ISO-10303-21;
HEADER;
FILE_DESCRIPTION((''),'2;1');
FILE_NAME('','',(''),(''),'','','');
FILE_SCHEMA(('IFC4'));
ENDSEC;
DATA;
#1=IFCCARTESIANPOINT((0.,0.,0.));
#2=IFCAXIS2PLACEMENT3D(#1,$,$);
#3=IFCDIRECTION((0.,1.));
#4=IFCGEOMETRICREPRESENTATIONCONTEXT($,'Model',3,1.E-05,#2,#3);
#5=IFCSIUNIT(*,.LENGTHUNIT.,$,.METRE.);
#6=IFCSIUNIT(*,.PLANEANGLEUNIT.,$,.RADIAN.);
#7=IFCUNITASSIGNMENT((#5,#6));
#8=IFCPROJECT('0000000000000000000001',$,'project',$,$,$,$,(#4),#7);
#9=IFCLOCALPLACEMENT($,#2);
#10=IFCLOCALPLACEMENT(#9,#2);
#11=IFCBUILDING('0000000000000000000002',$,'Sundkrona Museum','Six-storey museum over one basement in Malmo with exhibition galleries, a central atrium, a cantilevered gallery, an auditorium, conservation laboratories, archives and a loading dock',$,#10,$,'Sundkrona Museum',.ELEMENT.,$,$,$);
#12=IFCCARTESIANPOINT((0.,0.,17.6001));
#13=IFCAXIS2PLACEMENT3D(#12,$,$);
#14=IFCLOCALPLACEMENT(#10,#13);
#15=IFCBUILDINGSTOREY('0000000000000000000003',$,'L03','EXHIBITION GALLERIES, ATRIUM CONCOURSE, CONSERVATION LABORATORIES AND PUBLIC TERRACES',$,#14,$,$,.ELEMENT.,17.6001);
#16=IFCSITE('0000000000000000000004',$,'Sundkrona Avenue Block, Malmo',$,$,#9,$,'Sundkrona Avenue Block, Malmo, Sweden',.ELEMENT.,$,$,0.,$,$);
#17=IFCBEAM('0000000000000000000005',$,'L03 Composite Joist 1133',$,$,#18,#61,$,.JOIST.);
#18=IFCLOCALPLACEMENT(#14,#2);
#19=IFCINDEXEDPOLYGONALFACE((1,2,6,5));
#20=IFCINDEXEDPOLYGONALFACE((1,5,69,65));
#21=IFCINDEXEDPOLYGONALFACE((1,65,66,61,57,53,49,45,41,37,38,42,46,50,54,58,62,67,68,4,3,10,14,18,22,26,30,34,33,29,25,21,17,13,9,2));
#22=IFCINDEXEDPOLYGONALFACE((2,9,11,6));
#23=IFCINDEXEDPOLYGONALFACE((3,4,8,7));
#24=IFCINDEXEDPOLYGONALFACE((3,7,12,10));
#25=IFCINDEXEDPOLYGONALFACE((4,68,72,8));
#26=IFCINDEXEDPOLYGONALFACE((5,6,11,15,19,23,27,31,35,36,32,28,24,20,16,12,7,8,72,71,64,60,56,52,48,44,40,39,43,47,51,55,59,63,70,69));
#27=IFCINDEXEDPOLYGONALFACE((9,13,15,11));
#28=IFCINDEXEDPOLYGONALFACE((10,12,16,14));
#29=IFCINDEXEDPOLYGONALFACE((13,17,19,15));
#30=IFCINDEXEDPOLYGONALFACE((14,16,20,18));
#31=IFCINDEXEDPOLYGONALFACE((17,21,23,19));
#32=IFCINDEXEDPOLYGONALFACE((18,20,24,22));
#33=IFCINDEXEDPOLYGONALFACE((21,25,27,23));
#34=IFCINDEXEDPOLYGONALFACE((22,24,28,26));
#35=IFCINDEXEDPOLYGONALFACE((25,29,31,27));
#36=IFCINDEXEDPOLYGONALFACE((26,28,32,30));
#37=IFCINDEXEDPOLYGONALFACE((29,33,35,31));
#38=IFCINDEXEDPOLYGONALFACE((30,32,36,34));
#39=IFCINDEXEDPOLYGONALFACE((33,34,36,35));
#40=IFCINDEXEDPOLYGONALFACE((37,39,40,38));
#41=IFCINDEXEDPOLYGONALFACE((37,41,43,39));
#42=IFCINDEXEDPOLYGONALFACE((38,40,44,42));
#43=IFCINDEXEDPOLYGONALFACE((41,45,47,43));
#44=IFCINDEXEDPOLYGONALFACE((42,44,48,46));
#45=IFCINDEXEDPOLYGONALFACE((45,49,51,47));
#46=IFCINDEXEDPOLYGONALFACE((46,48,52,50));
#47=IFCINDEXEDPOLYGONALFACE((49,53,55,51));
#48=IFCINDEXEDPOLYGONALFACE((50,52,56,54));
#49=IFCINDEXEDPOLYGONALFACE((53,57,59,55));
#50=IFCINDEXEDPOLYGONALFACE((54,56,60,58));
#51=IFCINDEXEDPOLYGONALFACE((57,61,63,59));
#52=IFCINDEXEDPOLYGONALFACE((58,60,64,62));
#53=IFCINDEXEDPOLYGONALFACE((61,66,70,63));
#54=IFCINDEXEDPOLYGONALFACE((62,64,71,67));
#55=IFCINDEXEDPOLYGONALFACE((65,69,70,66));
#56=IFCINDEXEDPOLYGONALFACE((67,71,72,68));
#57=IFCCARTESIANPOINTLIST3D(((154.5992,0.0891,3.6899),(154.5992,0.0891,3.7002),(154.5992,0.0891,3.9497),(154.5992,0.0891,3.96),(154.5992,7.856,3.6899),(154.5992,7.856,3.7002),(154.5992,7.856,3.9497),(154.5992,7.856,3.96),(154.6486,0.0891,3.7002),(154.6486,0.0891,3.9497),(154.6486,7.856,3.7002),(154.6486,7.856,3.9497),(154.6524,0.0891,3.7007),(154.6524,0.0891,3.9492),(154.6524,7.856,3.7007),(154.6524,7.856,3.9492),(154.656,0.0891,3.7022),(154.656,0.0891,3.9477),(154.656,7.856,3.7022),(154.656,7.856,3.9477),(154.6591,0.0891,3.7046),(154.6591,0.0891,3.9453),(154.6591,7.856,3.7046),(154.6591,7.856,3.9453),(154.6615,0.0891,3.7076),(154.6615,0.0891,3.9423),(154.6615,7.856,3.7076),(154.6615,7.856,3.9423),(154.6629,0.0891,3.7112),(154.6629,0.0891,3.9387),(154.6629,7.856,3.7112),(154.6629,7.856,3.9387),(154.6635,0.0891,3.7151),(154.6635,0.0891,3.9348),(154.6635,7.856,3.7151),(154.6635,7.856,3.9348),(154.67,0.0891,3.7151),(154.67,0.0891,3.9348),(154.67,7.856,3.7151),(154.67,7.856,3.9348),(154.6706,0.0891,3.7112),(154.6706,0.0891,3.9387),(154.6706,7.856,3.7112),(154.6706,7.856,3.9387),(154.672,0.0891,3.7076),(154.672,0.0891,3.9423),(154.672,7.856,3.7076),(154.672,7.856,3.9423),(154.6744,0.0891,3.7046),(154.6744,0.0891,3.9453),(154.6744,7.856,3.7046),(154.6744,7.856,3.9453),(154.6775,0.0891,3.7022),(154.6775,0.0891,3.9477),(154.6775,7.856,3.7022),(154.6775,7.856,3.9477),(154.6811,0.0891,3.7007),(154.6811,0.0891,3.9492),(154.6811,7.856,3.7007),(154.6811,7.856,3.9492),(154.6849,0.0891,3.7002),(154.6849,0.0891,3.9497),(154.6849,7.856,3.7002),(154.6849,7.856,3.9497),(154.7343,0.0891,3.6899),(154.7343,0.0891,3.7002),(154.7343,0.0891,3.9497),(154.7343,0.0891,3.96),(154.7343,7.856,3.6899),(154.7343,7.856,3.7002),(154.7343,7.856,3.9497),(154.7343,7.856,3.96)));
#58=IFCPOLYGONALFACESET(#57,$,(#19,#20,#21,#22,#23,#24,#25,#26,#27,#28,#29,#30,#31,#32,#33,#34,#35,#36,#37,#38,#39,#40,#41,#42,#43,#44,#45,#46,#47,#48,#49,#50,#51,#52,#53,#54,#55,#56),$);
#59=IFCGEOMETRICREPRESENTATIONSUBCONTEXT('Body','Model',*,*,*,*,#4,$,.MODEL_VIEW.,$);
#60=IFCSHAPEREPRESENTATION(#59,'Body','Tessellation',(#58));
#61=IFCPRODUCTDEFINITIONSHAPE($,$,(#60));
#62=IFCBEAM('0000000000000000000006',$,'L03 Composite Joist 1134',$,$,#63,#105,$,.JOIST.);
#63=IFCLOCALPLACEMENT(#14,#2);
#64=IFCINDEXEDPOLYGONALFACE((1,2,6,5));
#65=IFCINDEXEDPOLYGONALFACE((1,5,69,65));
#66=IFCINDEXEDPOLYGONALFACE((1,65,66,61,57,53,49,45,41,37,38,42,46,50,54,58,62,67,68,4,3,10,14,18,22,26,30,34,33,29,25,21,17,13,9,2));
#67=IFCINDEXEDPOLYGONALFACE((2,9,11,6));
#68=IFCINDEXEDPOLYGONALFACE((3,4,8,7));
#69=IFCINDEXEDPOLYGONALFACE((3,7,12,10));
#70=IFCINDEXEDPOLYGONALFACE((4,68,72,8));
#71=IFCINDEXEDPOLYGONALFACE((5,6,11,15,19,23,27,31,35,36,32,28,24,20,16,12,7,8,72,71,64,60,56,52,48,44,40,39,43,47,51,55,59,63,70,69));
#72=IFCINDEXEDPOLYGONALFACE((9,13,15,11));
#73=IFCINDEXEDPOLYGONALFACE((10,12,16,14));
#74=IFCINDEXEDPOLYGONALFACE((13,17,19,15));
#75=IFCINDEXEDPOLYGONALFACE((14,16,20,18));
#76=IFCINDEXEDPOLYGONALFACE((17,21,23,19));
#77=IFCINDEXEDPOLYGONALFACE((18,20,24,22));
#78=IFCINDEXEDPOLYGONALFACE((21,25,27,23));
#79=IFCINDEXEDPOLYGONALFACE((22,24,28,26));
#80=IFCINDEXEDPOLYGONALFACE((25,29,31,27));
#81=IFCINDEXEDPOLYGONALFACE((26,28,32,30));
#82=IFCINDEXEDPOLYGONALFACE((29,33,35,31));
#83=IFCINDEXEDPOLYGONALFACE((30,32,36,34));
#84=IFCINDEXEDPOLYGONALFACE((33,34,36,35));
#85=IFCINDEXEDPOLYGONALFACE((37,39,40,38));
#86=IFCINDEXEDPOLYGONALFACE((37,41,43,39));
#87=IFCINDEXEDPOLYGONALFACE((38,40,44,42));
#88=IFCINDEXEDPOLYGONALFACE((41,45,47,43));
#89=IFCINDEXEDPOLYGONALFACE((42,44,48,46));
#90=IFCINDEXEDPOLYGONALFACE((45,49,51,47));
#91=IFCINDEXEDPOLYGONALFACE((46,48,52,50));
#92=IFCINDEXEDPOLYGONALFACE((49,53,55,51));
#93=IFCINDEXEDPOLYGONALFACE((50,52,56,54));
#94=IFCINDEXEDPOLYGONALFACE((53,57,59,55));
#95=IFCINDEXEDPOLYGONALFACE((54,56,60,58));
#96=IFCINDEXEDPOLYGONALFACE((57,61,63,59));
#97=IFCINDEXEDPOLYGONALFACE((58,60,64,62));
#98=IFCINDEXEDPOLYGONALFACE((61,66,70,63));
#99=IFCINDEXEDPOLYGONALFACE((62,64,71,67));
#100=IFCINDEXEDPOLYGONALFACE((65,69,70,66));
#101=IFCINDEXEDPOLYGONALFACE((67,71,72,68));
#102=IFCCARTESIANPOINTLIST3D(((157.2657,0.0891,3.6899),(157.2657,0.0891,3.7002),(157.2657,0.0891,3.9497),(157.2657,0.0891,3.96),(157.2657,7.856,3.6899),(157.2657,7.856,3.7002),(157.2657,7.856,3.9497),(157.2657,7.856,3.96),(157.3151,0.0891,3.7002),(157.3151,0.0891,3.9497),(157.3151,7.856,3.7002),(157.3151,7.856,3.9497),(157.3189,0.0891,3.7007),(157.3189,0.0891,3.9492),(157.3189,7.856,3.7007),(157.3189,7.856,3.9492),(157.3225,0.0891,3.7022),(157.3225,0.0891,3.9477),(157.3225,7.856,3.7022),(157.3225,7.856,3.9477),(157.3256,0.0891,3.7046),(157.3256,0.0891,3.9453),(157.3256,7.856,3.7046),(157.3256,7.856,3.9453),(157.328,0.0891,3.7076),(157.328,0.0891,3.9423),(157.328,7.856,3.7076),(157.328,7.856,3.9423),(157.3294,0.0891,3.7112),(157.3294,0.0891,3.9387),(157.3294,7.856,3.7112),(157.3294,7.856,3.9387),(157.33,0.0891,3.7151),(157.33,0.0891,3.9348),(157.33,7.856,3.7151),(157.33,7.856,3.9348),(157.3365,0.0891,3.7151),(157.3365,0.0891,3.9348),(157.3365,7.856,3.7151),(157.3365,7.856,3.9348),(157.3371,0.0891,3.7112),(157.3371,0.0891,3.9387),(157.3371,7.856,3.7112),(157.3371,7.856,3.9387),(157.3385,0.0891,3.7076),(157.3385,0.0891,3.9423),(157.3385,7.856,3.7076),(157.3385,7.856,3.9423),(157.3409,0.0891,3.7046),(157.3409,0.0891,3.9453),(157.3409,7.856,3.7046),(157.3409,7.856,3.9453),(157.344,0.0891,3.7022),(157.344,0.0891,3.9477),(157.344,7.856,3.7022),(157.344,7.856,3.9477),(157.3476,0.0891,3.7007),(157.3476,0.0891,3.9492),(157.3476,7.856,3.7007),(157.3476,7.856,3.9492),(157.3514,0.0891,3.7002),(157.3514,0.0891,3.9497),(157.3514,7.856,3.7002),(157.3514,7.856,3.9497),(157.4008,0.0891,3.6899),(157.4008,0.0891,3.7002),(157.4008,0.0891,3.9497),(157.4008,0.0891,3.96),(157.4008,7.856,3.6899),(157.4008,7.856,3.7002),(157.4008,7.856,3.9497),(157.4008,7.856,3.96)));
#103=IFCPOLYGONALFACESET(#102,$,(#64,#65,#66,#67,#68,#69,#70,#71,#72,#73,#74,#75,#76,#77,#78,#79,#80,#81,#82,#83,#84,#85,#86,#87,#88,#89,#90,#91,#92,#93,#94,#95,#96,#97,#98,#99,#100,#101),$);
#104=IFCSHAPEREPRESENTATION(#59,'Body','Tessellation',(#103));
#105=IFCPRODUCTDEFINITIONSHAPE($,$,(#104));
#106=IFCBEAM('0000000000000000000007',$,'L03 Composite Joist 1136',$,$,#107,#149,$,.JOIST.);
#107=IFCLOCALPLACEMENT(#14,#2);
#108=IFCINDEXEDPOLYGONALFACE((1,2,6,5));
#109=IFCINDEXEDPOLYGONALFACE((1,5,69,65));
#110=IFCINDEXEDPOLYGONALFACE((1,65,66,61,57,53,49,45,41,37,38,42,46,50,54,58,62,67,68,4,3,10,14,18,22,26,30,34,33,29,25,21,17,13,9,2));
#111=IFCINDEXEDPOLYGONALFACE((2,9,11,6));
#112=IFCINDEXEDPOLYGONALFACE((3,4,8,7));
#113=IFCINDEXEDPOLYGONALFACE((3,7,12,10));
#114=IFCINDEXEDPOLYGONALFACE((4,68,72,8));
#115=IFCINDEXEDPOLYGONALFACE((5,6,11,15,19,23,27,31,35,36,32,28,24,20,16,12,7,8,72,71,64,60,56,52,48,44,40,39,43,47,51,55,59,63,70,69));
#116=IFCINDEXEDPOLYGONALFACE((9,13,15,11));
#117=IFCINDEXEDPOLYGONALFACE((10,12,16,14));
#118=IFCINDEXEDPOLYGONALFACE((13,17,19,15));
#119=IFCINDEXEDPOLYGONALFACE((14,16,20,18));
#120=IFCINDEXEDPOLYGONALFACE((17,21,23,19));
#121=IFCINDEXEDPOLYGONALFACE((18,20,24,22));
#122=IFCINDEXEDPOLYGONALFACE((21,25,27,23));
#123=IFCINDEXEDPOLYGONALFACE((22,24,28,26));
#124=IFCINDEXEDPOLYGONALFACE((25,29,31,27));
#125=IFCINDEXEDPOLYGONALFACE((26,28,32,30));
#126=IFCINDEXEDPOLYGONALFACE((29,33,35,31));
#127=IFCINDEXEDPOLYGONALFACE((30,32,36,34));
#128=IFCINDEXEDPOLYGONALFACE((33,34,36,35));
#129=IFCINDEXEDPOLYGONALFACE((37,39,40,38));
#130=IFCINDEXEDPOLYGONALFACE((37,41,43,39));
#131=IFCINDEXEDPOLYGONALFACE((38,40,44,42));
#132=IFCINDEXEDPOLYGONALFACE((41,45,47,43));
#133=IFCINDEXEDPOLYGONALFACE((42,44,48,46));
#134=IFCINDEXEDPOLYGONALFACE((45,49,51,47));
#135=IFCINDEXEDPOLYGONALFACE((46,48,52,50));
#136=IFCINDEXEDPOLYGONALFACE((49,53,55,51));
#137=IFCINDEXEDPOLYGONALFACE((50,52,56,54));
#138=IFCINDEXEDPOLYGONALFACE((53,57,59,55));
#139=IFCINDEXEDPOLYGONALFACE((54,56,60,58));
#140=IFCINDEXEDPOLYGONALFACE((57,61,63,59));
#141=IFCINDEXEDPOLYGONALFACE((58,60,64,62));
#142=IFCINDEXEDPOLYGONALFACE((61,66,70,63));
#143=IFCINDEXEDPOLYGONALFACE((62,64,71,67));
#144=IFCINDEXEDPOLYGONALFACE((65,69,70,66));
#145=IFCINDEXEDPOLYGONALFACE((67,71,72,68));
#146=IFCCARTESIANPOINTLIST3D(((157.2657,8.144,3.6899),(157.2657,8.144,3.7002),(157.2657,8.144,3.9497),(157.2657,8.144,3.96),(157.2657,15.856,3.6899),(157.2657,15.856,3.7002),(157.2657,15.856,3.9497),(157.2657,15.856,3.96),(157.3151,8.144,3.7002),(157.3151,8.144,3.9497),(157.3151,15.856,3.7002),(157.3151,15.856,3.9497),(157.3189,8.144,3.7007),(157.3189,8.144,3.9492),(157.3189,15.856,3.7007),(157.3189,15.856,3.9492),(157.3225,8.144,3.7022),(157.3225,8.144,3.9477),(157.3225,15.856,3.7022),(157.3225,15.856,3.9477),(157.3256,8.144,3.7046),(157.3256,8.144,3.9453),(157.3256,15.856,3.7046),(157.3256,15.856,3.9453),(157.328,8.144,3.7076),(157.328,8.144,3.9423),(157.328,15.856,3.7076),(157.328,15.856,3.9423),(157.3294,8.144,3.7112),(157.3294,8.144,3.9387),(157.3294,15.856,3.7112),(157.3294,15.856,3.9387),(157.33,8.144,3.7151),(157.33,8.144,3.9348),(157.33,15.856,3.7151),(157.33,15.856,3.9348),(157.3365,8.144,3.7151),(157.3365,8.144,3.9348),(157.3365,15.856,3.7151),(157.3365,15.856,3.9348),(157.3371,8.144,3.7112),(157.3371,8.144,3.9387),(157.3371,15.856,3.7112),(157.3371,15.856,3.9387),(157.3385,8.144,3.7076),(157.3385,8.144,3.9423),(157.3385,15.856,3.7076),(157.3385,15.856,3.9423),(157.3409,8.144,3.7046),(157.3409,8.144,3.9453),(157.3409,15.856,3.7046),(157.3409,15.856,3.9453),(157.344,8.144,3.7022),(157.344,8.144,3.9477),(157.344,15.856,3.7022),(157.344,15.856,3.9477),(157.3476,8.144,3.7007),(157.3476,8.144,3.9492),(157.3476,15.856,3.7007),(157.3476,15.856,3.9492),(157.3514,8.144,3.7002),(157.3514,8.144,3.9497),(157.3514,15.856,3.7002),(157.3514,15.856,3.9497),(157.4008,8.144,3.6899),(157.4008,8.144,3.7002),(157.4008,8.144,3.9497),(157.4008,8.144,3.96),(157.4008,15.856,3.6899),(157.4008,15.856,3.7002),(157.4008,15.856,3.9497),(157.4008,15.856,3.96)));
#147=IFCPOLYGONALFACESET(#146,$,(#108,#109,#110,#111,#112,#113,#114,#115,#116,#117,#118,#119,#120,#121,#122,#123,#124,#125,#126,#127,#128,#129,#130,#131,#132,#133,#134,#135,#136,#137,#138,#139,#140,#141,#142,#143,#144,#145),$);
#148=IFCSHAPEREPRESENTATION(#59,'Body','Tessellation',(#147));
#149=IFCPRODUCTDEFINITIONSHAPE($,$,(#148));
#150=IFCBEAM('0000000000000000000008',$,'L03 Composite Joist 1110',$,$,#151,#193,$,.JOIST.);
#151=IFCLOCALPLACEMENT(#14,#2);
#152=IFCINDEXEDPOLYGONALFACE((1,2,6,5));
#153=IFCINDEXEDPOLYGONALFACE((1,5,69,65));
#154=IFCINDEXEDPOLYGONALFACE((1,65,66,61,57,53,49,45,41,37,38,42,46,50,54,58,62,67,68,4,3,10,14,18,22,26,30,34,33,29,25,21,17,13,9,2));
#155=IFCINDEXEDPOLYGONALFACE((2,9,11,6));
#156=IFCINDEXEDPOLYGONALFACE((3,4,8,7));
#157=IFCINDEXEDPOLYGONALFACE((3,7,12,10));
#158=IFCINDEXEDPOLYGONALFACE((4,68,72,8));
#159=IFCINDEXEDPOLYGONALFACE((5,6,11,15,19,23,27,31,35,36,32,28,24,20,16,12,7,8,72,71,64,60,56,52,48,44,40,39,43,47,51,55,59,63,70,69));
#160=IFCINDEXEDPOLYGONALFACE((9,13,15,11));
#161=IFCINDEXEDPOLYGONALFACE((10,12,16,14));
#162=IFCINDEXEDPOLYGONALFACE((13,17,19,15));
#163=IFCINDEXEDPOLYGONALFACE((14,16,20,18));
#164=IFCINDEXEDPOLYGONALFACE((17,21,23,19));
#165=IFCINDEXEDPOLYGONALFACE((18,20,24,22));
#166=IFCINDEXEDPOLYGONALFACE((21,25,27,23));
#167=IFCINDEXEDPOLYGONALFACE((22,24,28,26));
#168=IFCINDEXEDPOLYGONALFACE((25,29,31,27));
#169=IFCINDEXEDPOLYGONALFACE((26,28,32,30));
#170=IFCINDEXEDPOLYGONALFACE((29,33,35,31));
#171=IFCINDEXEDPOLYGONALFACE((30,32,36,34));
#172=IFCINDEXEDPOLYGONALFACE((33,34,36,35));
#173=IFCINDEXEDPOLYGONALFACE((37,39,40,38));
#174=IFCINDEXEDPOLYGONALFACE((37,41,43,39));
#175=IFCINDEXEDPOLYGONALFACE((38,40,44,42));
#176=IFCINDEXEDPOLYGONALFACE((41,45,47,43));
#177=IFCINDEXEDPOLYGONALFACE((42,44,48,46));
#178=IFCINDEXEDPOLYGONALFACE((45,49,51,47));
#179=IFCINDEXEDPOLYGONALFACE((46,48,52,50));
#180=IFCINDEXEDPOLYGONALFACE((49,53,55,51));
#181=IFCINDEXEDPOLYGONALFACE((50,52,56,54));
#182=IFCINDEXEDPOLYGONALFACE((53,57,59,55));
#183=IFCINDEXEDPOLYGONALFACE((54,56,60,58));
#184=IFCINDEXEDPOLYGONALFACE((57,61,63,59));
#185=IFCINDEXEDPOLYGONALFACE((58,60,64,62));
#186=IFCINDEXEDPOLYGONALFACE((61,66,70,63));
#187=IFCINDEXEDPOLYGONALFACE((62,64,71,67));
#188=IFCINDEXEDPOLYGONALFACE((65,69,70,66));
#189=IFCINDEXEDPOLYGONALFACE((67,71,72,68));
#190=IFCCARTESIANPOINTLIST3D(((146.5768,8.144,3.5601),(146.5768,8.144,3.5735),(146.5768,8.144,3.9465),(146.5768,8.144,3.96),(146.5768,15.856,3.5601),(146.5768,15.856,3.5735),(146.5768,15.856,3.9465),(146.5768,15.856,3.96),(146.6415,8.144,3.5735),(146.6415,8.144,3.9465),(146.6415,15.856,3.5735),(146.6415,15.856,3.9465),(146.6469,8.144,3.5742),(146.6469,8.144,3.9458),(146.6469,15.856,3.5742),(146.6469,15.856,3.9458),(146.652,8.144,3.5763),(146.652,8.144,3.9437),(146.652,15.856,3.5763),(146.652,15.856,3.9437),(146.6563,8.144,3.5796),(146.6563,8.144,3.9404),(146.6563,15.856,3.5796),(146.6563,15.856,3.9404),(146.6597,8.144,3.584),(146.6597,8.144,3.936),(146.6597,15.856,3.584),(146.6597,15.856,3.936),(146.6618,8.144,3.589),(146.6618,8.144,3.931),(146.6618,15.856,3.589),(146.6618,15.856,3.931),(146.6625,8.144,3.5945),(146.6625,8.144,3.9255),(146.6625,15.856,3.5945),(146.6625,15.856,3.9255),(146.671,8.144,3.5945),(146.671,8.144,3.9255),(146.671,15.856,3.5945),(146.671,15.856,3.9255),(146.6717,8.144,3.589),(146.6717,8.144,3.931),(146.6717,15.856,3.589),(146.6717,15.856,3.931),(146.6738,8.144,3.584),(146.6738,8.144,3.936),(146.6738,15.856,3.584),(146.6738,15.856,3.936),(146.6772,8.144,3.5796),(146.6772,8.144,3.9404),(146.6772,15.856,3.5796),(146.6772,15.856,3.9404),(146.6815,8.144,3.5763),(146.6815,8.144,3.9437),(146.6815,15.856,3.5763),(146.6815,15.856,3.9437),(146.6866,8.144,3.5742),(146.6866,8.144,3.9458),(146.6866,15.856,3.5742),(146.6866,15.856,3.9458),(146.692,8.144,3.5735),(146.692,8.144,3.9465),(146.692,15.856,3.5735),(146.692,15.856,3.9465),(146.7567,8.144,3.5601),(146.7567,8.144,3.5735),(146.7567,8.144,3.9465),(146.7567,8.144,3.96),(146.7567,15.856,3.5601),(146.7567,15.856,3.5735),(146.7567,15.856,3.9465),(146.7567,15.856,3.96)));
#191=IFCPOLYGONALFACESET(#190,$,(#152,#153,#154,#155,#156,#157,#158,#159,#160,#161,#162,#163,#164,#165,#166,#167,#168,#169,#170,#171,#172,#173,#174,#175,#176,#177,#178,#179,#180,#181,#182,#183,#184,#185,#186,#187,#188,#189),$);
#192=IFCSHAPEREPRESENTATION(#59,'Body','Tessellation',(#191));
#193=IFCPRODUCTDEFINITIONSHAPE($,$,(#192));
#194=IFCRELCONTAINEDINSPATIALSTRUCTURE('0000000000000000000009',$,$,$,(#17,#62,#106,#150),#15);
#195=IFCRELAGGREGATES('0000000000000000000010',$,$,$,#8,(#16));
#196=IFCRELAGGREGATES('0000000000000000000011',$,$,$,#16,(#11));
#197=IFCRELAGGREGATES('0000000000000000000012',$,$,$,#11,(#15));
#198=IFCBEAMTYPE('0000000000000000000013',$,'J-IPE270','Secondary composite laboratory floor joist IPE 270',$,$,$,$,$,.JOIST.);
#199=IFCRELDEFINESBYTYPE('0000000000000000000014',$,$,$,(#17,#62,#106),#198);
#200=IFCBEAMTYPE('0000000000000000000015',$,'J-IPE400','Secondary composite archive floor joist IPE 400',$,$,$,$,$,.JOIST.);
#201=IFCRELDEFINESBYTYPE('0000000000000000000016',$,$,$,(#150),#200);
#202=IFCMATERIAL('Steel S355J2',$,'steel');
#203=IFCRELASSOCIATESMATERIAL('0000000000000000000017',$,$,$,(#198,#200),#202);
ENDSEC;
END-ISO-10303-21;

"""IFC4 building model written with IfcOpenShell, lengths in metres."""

from ifc_helpers import new_model, si_unit, direction, frame, origin, origin_2d, place, context, subcontext, project, spatial, i_section, extrude, material, material_profile, profile_set, type_object, element, save


model = new_model("IFC4")

# Units and contexts
model_context = context("Model", 3, precision=1e-05, world=origin(), true_north=direction((0.0, 1.0)))
body_context = subcontext(model_context, "Body", "Model", "MODEL_VIEW")
ifc_project = project(units=[si_unit("LENGTHUNIT", "METRE"), si_unit("PLANEANGLEUNIT", "RADIAN")], contexts=[model_context])

# Site, building, storey
site_placement = place(None, origin())
site = spatial("IfcSite", under=ifc_project, at=site_placement, Name="Sundkrona Avenue Block, Malmo", LongName="Sundkrona Avenue Block, Malmo, Sweden", CompositionType="ELEMENT", RefElevation=0.0)
building_placement = place(site_placement, origin())
building = spatial("IfcBuilding", under=site, at=building_placement, Name="Sundkrona Museum", Description="Six-storey museum over one basement in Malmo with exhibition galleries, a central atrium, a cantilevered gallery, an auditorium, conservation laboratories, archives and a loading dock", LongName="Sundkrona Museum", CompositionType="ELEMENT")
storey_placement = place(building_placement, frame((0.0, 0.0, 17.6001)))
storey = spatial("IfcBuildingStorey", under=building, at=storey_placement, Name="L03", Description="EXHIBITION GALLERIES, ATRIUM CONCOURSE, CONSERVATION LABORATORIES AND PUBLIC TERRACES", CompositionType="ELEMENT", Elevation=17.6001)

# Shared definitions
ifc_material_1 = material(Name="Steel S355J2", Category="steel")

# Beams
ifc_material_profile_1 = material_profile(ifc_material_1, i_section(OverallWidth=0.135, OverallDepth=0.27, WebThickness=0.0066, FlangeThickness=0.0103, FilletRadius=0.0149, at=origin_2d()), Name="IPE 270")
ifc_profile_set_1 = profile_set([ifc_material_profile_1], Name="Steel S355J2")
beam_type_1 = type_object("IfcBeamType", Name="J-IPE270", Description="Secondary composite laboratory floor joist IPE 270", PredefinedType="JOIST", material=ifc_profile_set_1)
for number, where, z_axis, x_axis, name in (
    (1, (154.6667, 0.0891, 3.825), (0.0, 1.0, 0.0), (-1.0, 0.0, 0.0), "L03 Composite Joist 1133"),
    (2, (157.3333, 0.0891, 3.825), (0.0, 1.0, 0.0), (-1.0, 0.0, 0.0), "L03 Composite Joist 1134"),
):
    element("IfcBeam", number, at=place(storey_placement, frame(where, z_axis=z_axis, x_axis=x_axis)), inside=storey, type_object=beam_type_1, Name=name, PredefinedType="JOIST", context=body_context, shape_type="SweptSolid", body=[
        extrude(i_section(OverallWidth=0.135, OverallDepth=0.27, WebThickness=0.0066, FlangeThickness=0.0103, FilletRadius=0.0149, at=origin_2d()), origin(), (0.0, 0.0, 1.0), 7.7668),
    ])
beam_1_placement = place(storey_placement, frame((157.3333, 8.144, 3.825), z_axis=(0.0, 1.0, 0.0), x_axis=(-1.0, 0.0, 0.0)))
element("IfcBeam", 3, at=beam_1_placement, inside=storey, type_object=beam_type_1, Name="L03 Composite Joist 1136", PredefinedType="JOIST", context=body_context, shape_type="SweptSolid", body=[
    extrude(i_section(OverallWidth=0.135, OverallDepth=0.27, WebThickness=0.0066, FlangeThickness=0.0103, FilletRadius=0.0149, at=origin_2d()), origin(), (0.0, 0.0, 1.0), 7.7119),
])
ifc_material_profile_2 = material_profile(ifc_material_1, i_section(OverallWidth=0.1799, OverallDepth=0.3999, WebThickness=0.0085, FlangeThickness=0.0134, FilletRadius=0.021, at=origin_2d()), Name="IPE 400")
ifc_profile_set_2 = profile_set([ifc_material_profile_2], Name="Steel S355J2")
beam_type_2 = type_object("IfcBeamType", Name="J-IPE400", Description="Secondary composite archive floor joist IPE 400", PredefinedType="JOIST", material=ifc_profile_set_2)
beam_2_placement = place(storey_placement, frame((146.6667, 8.144, 3.76), z_axis=(0.0, 1.0, 0.0), x_axis=(-1.0, 0.0, 0.0)))
element("IfcBeam", 4, at=beam_2_placement, inside=storey, type_object=beam_type_2, Name="L03 Composite Joist 1110", PredefinedType="JOIST", context=body_context, shape_type="SweptSolid", body=[
    extrude(i_section(OverallWidth=0.1799, OverallDepth=0.3999, WebThickness=0.0085, FlangeThickness=0.0134, FilletRadius=0.021, at=origin_2d()), origin(), (0.0, 0.0, 1.0), 7.7119),
])

save(model, "model.ifc")
